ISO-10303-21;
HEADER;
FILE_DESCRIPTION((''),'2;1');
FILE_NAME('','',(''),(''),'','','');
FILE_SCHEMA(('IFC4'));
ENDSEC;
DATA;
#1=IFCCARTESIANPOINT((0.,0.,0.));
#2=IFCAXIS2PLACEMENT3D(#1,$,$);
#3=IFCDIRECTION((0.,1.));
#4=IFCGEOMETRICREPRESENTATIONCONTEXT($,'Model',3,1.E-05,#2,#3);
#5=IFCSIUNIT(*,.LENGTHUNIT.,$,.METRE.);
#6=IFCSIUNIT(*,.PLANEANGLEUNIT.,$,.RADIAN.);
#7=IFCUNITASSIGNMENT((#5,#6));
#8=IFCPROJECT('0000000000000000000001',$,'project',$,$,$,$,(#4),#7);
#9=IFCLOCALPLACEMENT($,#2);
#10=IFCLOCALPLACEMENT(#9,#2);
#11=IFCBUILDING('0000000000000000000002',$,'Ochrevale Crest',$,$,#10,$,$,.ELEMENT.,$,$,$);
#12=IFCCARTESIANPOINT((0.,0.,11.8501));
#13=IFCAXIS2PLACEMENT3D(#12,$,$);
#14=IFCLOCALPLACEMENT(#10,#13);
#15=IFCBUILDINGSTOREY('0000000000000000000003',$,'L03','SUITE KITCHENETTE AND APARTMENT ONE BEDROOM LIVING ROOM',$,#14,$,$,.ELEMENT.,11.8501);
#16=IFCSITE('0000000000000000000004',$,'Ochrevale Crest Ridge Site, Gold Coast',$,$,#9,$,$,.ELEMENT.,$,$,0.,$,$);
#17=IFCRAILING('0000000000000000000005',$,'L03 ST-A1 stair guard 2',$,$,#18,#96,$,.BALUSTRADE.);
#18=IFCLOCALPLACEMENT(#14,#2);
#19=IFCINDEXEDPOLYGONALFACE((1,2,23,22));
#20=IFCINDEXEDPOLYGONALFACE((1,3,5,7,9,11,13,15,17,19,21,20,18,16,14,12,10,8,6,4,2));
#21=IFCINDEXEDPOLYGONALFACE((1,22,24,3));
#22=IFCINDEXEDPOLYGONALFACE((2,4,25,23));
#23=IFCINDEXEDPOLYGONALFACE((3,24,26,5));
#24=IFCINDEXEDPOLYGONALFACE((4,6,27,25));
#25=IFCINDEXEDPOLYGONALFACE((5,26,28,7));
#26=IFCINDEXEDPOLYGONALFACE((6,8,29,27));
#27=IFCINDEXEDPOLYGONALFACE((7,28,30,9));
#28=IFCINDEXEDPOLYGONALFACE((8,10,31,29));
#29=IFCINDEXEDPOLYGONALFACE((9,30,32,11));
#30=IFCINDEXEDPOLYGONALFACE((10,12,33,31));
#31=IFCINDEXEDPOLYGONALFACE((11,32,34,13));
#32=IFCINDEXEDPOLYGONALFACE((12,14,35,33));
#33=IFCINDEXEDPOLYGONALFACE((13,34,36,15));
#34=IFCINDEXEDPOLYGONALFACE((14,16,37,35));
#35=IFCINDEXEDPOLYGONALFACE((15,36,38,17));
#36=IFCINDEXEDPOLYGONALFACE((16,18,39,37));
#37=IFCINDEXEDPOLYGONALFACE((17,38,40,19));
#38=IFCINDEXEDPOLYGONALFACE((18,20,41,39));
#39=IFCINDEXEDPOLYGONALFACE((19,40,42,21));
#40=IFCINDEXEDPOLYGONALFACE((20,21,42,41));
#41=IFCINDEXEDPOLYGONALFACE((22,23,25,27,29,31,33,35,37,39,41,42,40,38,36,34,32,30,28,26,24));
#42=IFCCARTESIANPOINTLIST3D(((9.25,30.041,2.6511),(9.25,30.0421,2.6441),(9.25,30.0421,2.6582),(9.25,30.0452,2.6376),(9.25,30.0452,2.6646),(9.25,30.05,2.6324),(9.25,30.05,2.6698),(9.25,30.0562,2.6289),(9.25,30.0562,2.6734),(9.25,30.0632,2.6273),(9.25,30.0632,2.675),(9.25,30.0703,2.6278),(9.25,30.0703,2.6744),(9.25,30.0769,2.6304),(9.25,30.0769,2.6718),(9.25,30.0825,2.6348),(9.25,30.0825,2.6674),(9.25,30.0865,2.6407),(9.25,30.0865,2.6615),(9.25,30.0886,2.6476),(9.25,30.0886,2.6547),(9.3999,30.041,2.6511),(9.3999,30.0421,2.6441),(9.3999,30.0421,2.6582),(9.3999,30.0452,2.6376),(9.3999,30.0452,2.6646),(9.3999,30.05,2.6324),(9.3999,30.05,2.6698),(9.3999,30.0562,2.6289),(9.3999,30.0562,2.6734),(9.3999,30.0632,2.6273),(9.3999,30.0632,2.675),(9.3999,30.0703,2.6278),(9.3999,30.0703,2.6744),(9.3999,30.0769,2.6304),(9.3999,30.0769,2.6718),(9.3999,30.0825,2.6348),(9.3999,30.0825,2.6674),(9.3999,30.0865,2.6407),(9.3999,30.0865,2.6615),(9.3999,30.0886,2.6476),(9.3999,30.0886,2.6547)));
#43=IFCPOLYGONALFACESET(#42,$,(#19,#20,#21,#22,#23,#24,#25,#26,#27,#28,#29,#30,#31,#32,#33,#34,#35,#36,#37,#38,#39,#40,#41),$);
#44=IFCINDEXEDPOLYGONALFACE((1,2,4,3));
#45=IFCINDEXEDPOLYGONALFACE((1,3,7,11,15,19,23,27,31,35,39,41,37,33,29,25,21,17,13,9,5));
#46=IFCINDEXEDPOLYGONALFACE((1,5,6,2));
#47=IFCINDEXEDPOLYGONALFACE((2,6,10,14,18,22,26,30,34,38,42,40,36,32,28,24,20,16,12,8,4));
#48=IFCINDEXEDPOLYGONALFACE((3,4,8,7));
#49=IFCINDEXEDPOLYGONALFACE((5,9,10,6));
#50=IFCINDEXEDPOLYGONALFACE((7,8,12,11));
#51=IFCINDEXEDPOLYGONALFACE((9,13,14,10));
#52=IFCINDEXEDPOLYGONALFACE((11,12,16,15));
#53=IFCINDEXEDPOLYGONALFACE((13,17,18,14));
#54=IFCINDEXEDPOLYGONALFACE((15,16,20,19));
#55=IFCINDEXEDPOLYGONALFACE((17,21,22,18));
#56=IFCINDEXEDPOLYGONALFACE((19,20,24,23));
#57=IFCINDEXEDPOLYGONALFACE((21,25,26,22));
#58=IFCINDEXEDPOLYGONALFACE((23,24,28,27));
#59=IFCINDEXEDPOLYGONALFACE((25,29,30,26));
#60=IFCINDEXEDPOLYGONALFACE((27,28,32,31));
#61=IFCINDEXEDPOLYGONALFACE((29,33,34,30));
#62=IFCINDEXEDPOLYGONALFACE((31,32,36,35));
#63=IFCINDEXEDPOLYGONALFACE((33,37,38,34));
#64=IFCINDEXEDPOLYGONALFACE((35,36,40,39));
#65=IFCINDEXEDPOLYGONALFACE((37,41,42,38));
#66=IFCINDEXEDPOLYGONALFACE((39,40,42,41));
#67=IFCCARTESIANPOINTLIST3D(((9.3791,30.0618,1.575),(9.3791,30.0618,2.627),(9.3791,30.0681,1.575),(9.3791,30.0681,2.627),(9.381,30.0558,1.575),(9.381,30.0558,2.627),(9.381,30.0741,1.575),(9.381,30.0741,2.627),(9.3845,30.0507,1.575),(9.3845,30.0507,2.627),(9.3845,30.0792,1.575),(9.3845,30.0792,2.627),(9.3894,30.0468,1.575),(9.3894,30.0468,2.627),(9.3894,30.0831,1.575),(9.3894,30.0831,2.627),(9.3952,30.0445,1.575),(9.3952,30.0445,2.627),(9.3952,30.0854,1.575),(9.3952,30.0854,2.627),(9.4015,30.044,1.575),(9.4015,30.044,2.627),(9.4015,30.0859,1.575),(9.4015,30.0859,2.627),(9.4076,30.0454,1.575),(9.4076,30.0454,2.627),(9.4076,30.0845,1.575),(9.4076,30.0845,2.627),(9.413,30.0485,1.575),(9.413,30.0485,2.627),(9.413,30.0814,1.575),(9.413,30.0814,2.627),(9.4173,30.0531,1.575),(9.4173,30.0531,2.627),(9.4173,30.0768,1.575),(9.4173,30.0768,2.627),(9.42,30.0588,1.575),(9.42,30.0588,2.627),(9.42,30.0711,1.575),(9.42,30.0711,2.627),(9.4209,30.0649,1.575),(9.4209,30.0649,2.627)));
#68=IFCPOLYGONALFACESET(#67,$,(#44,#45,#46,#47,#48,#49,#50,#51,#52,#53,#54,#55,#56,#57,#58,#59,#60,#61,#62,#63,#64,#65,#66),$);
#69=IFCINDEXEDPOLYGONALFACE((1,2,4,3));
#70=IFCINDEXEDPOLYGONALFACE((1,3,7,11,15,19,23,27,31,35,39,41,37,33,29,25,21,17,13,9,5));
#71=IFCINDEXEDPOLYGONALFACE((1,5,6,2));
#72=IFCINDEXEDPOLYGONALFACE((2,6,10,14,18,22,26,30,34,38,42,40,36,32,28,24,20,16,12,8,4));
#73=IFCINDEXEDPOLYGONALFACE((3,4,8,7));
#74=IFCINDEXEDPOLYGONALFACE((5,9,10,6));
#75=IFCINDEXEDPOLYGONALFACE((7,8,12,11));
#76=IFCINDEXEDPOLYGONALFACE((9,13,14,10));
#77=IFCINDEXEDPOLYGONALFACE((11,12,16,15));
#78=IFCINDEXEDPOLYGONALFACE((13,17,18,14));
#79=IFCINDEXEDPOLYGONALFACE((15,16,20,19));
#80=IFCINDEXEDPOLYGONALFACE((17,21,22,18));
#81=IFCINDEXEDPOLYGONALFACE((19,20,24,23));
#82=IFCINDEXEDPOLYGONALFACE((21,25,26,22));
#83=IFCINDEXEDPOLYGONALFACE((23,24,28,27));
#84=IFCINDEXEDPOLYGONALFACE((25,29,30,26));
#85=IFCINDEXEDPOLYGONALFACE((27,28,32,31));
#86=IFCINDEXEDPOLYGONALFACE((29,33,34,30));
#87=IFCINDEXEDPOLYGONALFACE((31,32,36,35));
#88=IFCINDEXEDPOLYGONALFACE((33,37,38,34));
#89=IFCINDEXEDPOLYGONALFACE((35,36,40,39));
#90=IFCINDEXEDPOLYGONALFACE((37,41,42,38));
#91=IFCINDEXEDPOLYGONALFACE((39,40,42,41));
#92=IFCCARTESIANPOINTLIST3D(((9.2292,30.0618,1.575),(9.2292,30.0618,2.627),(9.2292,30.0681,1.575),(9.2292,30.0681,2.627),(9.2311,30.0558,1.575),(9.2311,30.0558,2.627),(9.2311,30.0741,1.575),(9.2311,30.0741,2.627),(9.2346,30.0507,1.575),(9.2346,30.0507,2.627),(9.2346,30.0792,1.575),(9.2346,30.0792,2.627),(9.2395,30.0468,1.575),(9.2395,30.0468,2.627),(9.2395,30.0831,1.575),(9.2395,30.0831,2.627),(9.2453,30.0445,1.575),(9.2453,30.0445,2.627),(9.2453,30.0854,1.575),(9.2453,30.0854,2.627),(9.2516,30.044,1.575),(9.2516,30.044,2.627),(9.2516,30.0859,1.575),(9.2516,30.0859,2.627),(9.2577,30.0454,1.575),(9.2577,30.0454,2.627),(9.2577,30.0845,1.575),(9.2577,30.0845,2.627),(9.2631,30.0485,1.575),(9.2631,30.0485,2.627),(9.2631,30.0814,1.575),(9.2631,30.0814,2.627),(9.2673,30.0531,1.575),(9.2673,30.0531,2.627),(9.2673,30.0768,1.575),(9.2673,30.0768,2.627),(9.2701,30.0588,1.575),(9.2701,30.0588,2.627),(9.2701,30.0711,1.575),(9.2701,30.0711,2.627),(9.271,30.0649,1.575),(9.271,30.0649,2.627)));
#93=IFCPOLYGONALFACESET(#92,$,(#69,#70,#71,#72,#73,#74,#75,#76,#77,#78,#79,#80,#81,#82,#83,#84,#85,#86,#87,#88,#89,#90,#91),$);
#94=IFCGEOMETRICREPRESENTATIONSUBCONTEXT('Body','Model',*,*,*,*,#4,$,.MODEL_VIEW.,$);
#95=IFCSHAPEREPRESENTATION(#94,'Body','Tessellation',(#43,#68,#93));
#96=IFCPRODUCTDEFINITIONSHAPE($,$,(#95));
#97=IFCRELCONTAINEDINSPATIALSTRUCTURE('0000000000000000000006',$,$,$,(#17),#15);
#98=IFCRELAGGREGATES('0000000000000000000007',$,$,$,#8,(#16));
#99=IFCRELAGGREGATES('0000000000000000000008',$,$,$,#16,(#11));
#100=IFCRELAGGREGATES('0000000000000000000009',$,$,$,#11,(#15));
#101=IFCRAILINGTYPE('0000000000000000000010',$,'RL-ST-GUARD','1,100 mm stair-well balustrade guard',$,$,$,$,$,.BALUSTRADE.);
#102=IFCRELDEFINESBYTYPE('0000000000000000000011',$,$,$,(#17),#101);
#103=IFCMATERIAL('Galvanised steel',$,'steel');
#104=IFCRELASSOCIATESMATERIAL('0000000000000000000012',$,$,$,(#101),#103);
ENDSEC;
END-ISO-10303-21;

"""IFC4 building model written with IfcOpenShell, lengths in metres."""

from ifc_helpers import new_model, si_unit, direction, frame, origin, origin_2d, place, context, subcontext, project, spatial, circle, extrude, material, type_object, element, save


model = new_model("IFC4")

# Units and contexts
model_context = context("Model", 3, precision=1e-05, world=origin(), true_north=direction((0.0, 1.0)))
body_context = subcontext(model_context, "Body", "Model", "MODEL_VIEW")
ifc_project = project(units=[si_unit("LENGTHUNIT", "METRE"), si_unit("PLANEANGLEUNIT", "RADIAN")], contexts=[model_context])

# Site, building, storey
site_placement = place(None, origin())
site = spatial("IfcSite", under=ifc_project, at=site_placement, Name="Ochrevale Crest Ridge Site, Gold Coast", CompositionType="ELEMENT", RefElevation=0.0)
building_placement = place(site_placement, origin())
building = spatial("IfcBuilding", under=site, at=building_placement, Name="Ochrevale Crest", CompositionType="ELEMENT")
storey_placement = place(building_placement, frame((0.0, 0.0, 11.8501)))
storey = spatial("IfcBuildingStorey", under=building, at=storey_placement, Name="L03", Description="SUITE KITCHENETTE AND APARTMENT ONE BEDROOM LIVING ROOM", CompositionType="ELEMENT", Elevation=11.8501)

# Railing
ifc_material_1 = material(Name="Galvanised steel", Category="steel")
railing_type_1 = type_object("IfcRailingType", Name="RL-ST-GUARD", Description="1,100 mm stair-well balustrade guard", PredefinedType="BALUSTRADE", material=ifc_material_1)
railing_1_placement = place(storey_placement, frame((9.3999, 30.0649, 1.575)))
element("IfcRailing", 1, at=railing_1_placement, inside=storey, type_object=railing_type_1, Name="L03 ST-A1 stair guard 2", PredefinedType="BALUSTRADE", context=body_context, shape_type="SweptSolid", body=[
    extrude(circle(Radius=0.0239, at=origin_2d()), frame((0.0, 0.0, 1.0762), z_axis=(-1.0, 0.0, 0.0), x_axis=(0.0, -1.0, 0.0)), (0.0, 0.0, 1.0), 0.1499),
    extrude(circle(Radius=0.021, at=origin_2d()), origin(), (0.0, 0.0, 1.0), 1.052),
    extrude(circle(Radius=0.021, at=origin_2d()), frame((-0.1499, 0.0, 0.0)), (0.0, 0.0, 1.0), 1.052),
])

save(model, "model.ifc")
